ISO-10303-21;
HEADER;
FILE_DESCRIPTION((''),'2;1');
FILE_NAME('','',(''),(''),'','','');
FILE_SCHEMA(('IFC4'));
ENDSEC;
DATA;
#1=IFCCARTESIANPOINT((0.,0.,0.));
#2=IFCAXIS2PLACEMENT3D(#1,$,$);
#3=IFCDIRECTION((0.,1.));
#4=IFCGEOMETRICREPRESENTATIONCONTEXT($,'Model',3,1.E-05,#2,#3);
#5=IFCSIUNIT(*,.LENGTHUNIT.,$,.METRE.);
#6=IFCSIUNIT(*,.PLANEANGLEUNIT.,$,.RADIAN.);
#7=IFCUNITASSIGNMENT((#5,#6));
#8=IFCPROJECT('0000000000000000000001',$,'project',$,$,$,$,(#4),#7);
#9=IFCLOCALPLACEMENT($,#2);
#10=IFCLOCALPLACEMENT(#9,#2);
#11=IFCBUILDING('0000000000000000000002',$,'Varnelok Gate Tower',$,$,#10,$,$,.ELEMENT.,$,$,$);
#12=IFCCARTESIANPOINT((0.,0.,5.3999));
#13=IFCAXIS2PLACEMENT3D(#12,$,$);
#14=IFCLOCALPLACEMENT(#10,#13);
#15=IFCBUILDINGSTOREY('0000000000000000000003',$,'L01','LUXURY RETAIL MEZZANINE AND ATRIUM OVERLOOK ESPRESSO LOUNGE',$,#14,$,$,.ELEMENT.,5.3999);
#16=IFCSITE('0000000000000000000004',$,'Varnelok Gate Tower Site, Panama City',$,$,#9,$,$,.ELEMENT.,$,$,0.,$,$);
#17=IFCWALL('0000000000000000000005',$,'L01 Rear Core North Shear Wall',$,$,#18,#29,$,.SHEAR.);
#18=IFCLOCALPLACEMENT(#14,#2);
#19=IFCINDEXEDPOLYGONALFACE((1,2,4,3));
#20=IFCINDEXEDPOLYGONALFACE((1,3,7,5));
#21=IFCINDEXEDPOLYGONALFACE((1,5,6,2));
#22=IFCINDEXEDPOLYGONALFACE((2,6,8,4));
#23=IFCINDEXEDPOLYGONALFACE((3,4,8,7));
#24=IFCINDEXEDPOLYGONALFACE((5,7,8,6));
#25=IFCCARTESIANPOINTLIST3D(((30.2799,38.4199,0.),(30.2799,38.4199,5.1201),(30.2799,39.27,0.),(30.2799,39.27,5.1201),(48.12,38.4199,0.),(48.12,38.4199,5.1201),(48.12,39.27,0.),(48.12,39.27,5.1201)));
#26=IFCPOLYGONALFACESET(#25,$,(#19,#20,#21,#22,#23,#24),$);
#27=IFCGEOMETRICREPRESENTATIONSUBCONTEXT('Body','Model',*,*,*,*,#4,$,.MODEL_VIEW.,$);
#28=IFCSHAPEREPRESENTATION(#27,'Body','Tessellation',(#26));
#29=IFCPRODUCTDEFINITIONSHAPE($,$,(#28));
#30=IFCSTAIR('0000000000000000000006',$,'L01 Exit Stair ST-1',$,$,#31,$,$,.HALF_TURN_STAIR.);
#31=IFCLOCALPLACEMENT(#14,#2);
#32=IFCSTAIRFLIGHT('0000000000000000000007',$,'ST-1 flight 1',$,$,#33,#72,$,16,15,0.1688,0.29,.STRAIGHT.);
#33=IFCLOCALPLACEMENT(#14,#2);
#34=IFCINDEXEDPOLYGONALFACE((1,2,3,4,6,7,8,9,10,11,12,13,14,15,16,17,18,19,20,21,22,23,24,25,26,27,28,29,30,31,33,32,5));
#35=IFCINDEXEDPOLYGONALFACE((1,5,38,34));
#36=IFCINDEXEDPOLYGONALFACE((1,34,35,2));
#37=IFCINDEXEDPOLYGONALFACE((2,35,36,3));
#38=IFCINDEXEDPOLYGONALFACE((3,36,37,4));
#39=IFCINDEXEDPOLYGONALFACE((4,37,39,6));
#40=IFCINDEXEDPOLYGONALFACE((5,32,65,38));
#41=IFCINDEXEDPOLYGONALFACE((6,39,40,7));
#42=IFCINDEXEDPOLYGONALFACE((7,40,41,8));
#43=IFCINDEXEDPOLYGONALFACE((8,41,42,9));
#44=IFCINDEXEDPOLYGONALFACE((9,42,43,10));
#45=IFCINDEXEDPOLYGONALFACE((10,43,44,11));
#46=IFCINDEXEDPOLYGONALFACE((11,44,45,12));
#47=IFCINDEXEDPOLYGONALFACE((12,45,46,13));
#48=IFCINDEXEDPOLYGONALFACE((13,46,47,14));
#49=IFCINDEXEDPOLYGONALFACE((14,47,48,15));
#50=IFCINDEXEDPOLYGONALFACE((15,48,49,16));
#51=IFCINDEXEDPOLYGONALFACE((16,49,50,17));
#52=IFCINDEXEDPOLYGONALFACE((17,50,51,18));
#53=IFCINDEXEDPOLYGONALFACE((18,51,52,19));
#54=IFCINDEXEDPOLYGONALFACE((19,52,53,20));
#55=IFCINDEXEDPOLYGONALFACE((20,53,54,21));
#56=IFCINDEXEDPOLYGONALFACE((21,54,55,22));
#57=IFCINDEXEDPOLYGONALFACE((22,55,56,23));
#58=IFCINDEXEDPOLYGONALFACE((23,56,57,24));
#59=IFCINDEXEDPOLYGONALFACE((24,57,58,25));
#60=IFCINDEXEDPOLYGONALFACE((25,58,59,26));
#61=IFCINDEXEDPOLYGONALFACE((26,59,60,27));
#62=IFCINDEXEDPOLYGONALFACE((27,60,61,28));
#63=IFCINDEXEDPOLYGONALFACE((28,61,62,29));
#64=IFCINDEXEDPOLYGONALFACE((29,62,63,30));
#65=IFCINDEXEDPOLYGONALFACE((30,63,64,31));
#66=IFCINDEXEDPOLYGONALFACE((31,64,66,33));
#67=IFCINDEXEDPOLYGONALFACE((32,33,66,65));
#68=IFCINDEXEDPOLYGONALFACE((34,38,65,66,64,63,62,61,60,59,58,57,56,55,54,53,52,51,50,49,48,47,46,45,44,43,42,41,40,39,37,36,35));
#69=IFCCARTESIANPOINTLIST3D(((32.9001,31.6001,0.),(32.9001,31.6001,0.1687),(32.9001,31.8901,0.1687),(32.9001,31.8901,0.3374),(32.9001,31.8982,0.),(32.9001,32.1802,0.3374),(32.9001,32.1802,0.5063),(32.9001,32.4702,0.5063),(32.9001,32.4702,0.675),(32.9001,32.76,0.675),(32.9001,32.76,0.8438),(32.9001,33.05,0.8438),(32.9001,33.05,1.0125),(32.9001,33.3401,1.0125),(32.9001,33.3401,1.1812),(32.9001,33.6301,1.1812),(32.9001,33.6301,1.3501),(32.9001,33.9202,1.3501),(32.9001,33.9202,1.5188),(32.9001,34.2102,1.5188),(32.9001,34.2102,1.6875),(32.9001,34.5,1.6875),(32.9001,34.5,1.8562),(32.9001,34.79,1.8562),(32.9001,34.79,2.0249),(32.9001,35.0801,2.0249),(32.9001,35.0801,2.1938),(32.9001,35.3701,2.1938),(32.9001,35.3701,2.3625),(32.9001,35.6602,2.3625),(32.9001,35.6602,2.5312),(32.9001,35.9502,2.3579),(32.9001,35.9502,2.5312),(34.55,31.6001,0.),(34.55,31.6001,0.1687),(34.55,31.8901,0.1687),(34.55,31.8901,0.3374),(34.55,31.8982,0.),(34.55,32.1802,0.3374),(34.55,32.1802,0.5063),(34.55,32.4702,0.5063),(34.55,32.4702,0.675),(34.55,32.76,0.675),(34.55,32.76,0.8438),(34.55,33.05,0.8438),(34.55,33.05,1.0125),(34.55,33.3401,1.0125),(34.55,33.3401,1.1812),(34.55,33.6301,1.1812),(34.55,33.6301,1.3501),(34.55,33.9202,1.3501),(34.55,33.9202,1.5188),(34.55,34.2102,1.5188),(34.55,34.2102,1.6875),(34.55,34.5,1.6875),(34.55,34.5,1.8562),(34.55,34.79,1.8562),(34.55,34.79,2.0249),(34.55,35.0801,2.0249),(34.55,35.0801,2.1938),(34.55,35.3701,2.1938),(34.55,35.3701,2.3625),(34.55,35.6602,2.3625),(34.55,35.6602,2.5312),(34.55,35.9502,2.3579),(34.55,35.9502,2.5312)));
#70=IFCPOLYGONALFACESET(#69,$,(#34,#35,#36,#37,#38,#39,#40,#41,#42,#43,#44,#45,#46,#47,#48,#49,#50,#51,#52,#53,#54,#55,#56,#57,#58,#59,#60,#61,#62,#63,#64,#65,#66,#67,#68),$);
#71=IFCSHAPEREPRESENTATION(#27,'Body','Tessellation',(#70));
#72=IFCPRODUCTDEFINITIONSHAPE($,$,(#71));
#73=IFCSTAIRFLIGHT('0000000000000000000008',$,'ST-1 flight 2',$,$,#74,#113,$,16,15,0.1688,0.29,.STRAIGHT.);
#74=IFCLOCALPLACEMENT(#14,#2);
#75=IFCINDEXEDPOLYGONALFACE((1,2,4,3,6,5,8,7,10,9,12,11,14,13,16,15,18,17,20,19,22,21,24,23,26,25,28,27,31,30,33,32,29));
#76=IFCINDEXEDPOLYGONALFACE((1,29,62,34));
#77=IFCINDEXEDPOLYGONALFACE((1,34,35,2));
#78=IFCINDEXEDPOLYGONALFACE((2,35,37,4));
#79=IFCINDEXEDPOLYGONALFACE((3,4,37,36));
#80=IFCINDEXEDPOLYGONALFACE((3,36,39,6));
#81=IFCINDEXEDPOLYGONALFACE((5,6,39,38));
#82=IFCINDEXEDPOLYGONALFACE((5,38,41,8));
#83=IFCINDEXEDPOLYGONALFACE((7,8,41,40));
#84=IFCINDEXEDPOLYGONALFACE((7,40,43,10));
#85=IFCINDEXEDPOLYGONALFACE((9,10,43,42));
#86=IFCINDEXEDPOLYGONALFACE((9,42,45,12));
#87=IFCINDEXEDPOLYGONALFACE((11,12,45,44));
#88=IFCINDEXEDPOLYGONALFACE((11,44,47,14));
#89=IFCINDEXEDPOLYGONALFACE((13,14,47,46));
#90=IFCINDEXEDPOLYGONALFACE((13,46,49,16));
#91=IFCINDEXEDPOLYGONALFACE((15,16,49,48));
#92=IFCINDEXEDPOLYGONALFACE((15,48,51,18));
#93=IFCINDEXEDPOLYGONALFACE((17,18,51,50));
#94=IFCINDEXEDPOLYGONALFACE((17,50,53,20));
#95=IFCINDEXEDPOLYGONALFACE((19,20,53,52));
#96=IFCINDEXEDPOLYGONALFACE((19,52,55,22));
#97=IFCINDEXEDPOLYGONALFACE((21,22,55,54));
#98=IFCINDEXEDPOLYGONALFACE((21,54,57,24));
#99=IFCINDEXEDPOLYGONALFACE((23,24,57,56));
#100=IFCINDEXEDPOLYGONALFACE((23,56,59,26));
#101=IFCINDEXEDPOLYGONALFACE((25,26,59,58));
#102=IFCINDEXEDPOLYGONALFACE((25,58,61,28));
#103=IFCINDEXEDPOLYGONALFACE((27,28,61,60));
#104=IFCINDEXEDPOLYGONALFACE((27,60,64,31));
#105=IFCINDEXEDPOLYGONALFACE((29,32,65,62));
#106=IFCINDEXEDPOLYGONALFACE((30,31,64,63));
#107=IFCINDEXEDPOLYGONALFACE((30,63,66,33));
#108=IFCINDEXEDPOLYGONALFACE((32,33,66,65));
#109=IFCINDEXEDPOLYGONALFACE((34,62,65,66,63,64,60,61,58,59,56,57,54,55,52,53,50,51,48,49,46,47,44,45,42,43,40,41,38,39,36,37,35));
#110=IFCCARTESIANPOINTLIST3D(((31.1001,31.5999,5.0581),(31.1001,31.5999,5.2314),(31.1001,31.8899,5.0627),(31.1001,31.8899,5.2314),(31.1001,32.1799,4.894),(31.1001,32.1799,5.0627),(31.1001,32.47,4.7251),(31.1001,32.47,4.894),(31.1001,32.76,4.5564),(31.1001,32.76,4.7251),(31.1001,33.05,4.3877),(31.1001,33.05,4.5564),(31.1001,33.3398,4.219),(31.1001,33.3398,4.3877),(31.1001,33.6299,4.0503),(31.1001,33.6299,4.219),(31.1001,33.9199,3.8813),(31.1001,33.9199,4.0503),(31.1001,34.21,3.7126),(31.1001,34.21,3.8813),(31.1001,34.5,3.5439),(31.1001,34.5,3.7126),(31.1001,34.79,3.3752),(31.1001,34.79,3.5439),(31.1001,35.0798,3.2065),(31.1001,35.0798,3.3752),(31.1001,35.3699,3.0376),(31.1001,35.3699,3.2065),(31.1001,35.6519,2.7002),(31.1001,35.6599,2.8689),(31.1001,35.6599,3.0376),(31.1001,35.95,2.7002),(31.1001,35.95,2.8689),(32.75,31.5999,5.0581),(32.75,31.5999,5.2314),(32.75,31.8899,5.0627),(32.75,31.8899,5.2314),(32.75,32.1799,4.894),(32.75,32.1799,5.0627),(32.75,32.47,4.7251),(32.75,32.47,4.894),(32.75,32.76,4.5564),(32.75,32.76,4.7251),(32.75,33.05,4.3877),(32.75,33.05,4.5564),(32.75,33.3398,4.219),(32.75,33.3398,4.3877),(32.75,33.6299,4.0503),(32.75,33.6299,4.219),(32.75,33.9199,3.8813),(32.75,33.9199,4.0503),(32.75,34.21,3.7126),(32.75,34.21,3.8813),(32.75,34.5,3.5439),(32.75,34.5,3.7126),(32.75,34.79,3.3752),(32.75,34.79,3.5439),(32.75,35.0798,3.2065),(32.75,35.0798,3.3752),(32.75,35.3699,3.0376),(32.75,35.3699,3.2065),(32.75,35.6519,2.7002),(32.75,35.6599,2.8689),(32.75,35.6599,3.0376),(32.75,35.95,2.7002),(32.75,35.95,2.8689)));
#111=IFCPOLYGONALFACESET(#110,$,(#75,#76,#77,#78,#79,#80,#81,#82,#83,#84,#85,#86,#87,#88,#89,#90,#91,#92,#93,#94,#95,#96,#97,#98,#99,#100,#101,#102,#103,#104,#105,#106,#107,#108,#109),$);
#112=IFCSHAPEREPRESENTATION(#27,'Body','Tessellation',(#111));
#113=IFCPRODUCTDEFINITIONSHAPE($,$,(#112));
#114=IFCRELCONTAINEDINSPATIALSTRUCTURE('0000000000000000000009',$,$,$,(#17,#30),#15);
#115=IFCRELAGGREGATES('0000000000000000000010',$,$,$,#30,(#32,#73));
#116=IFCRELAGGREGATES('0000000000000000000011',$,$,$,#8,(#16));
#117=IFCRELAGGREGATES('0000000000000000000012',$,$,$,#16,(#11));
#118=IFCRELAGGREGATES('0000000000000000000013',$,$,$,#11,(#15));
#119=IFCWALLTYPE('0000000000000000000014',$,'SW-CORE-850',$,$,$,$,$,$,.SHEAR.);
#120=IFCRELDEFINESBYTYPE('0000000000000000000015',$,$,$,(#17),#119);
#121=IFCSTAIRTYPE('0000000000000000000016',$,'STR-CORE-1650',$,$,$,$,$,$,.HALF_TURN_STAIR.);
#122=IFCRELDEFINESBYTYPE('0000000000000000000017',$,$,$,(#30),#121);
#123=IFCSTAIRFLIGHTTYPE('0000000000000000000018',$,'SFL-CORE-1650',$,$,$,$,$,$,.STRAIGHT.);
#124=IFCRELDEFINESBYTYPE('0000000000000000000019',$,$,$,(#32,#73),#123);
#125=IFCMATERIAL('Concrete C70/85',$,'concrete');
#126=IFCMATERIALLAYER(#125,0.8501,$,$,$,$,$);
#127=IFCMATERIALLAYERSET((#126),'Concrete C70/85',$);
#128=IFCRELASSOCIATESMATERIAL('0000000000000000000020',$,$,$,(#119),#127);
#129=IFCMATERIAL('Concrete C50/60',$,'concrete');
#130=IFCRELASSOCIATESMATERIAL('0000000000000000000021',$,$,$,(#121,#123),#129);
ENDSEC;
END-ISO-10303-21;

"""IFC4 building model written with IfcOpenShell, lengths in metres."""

from ifc_helpers import new_model, si_unit, direction, frame, frame_2d, origin, place, context, subcontext, project, spatial, polyline, rectangle, outline, extrude, material, layer, layer_set, type_object, element, aggregate, save


model = new_model("IFC4")

# Units and contexts
model_context = context("Model", 3, precision=1e-05, world=origin(), true_north=direction((0.0, 1.0)))
body_context = subcontext(model_context, "Body", "Model", "MODEL_VIEW")
ifc_project = project(units=[si_unit("LENGTHUNIT", "METRE"), si_unit("PLANEANGLEUNIT", "RADIAN")], contexts=[model_context])

# Site, building, storey
site_placement = place(None, origin())
site = spatial("IfcSite", under=ifc_project, at=site_placement, Name="Varnelok Gate Tower Site, Panama City", CompositionType="ELEMENT", RefElevation=0.0)
building_placement = place(site_placement, origin())
building = spatial("IfcBuilding", under=site, at=building_placement, Name="Varnelok Gate Tower", CompositionType="ELEMENT")
storey_placement = place(building_placement, frame((0.0, 0.0, 5.3999)))
storey = spatial("IfcBuildingStorey", under=building, at=storey_placement, Name="L01", Description="LUXURY RETAIL MEZZANINE AND ATRIUM OVERLOOK ESPRESSO LOUNGE", CompositionType="ELEMENT", Elevation=5.3999)

# Shared definitions
ifc_material_1 = material(Name="Concrete C70/85", Category="concrete")

# Wall
ifc_layer_1 = layer(ifc_material_1, 0.8501)
ifc_layer_set_1 = layer_set([ifc_layer_1], Name="Concrete C70/85")
wall_type_1 = type_object("IfcWallType", Name="SW-CORE-850", PredefinedType="SHEAR", material=ifc_layer_set_1)
wall_1_placement = place(storey_placement, frame((30.28, 38.845, 0.0), z_axis=(0.0, 0.0, 1.0), x_axis=(1.0, 0.0, 0.0)))
element("IfcWall", 1, at=wall_1_placement, inside=storey, type_object=wall_type_1, Name="L01 Rear Core North Shear Wall", PredefinedType="SHEAR", context=body_context, shape_type="SweptSolid", body=[
    extrude(rectangle(XDim=17.8401, YDim=0.8501, at=frame_2d((8.9199, 0.0))), origin(), (0.0, 0.0, 1.0), 5.1201),
])

# Stair, stair flights
ifc_material_2 = material(Name="Concrete C50/60", Category="concrete")
stair_type = type_object("IfcStairType", Name="STR-CORE-1650", PredefinedType="HALF_TURN_STAIR", material=ifc_material_2)
stair_placement = place(storey_placement, origin())
stair = element("IfcStair", 2, at=stair_placement, inside=storey, type_object=stair_type, Name="L01 Exit Stair ST-1", PredefinedType="HALF_TURN_STAIR")
stair_flight_type = type_object("IfcStairFlightType", Name="SFL-CORE-1650", PredefinedType="STRAIGHT", material=ifc_material_2)
stair_flight_1_placement = place(storey_placement, frame((33.7251, 31.6001, 0.0), z_axis=(0.0, 0.0, 1.0), x_axis=(0.0, 1.0, 0.0)))
stair_flight_1 = element("IfcStairFlight", 3, at=stair_flight_1_placement, type_object=stair_flight_type, Name="ST-1 flight 1", NumberOfRisers=16, NumberOfTreads=15, PredefinedType="STRAIGHT", RiserHeight=0.1688, TreadLength=0.29, context=body_context, shape_type="SweptSolid", body=[
    extrude(outline(polyline([(0.0, 0.0), (0.0, 0.1687), (0.29, 0.1687), (0.29, 0.3374), (0.5801, 0.3374), (0.5801, 0.5063), (0.8701, 0.5063), (0.8701, 0.675), (1.1599, 0.675), (1.1599, 0.8438), (1.45, 0.8438), (1.45, 1.0125), (1.74, 1.0125), (1.74, 1.1812), (2.03, 1.1812), (2.03, 1.3501), (2.3201, 1.3501), (2.3201, 1.5188), (2.6101, 1.5188), (2.6101, 1.6875), (2.8999, 1.6875), (2.8999, 1.8562), (3.1899, 1.8562), (3.1899, 2.0249), (3.48, 2.0249), (3.48, 2.1938), (3.77, 2.1938), (3.77, 2.3625), (4.0601, 2.3625), (4.0601, 2.5312), (4.3501, 2.5312), (4.3501, 2.7), (4.3501, 2.3579), (0.2981, 0.0), (0.0, 0.0)])), frame((0.0, 0.825, 0.0), z_axis=(0.0, -1.0, 0.0), x_axis=(1.0, 0.0, 0.0)), (0.0, 0.0, 1.0), 1.6499),
])
stair_flight_2_placement = place(storey_placement, frame((31.925, 35.95, 2.7002), z_axis=(0.0, 0.0, 1.0), x_axis=(0.0, -1.0, 0.0)))
stair_flight_2 = element("IfcStairFlight", 4, at=stair_flight_2_placement, type_object=stair_flight_type, Name="ST-1 flight 2", NumberOfRisers=16, NumberOfTreads=15, PredefinedType="STRAIGHT", RiserHeight=0.1688, TreadLength=0.29, context=body_context, shape_type="SweptSolid", body=[
    extrude(outline(polyline([(0.0, 0.0), (0.0, 0.1687), (0.29, 0.1687), (0.29, 0.3374), (0.5801, 0.3374), (0.5801, 0.5063), (0.8701, 0.5063), (0.8701, 0.675), (1.1599, 0.675), (1.1599, 0.8438), (1.45, 0.8438), (1.45, 1.0125), (1.74, 1.0125), (1.74, 1.1812), (2.03, 1.1812), (2.03, 1.3501), (2.3201, 1.3501), (2.3201, 1.5188), (2.6101, 1.5188), (2.6101, 1.6875), (2.8999, 1.6875), (2.8999, 1.8562), (3.1899, 1.8562), (3.1899, 2.0249), (3.48, 2.0249), (3.48, 2.1938), (3.77, 2.1938), (3.77, 2.3625), (4.0601, 2.3625), (4.0601, 2.5312), (4.3501, 2.5312), (4.3501, 2.7), (4.3501, 2.3579), (0.2981, 0.0), (0.0, 0.0)])), frame((0.0, 0.825, 0.0), z_axis=(0.0, -1.0, 0.0), x_axis=(1.0, 0.0, 0.0)), (0.0, 0.0, 1.0), 1.6499),
])
aggregate(stair, [stair_flight_1, stair_flight_2])

save(model, "model.ifc")
